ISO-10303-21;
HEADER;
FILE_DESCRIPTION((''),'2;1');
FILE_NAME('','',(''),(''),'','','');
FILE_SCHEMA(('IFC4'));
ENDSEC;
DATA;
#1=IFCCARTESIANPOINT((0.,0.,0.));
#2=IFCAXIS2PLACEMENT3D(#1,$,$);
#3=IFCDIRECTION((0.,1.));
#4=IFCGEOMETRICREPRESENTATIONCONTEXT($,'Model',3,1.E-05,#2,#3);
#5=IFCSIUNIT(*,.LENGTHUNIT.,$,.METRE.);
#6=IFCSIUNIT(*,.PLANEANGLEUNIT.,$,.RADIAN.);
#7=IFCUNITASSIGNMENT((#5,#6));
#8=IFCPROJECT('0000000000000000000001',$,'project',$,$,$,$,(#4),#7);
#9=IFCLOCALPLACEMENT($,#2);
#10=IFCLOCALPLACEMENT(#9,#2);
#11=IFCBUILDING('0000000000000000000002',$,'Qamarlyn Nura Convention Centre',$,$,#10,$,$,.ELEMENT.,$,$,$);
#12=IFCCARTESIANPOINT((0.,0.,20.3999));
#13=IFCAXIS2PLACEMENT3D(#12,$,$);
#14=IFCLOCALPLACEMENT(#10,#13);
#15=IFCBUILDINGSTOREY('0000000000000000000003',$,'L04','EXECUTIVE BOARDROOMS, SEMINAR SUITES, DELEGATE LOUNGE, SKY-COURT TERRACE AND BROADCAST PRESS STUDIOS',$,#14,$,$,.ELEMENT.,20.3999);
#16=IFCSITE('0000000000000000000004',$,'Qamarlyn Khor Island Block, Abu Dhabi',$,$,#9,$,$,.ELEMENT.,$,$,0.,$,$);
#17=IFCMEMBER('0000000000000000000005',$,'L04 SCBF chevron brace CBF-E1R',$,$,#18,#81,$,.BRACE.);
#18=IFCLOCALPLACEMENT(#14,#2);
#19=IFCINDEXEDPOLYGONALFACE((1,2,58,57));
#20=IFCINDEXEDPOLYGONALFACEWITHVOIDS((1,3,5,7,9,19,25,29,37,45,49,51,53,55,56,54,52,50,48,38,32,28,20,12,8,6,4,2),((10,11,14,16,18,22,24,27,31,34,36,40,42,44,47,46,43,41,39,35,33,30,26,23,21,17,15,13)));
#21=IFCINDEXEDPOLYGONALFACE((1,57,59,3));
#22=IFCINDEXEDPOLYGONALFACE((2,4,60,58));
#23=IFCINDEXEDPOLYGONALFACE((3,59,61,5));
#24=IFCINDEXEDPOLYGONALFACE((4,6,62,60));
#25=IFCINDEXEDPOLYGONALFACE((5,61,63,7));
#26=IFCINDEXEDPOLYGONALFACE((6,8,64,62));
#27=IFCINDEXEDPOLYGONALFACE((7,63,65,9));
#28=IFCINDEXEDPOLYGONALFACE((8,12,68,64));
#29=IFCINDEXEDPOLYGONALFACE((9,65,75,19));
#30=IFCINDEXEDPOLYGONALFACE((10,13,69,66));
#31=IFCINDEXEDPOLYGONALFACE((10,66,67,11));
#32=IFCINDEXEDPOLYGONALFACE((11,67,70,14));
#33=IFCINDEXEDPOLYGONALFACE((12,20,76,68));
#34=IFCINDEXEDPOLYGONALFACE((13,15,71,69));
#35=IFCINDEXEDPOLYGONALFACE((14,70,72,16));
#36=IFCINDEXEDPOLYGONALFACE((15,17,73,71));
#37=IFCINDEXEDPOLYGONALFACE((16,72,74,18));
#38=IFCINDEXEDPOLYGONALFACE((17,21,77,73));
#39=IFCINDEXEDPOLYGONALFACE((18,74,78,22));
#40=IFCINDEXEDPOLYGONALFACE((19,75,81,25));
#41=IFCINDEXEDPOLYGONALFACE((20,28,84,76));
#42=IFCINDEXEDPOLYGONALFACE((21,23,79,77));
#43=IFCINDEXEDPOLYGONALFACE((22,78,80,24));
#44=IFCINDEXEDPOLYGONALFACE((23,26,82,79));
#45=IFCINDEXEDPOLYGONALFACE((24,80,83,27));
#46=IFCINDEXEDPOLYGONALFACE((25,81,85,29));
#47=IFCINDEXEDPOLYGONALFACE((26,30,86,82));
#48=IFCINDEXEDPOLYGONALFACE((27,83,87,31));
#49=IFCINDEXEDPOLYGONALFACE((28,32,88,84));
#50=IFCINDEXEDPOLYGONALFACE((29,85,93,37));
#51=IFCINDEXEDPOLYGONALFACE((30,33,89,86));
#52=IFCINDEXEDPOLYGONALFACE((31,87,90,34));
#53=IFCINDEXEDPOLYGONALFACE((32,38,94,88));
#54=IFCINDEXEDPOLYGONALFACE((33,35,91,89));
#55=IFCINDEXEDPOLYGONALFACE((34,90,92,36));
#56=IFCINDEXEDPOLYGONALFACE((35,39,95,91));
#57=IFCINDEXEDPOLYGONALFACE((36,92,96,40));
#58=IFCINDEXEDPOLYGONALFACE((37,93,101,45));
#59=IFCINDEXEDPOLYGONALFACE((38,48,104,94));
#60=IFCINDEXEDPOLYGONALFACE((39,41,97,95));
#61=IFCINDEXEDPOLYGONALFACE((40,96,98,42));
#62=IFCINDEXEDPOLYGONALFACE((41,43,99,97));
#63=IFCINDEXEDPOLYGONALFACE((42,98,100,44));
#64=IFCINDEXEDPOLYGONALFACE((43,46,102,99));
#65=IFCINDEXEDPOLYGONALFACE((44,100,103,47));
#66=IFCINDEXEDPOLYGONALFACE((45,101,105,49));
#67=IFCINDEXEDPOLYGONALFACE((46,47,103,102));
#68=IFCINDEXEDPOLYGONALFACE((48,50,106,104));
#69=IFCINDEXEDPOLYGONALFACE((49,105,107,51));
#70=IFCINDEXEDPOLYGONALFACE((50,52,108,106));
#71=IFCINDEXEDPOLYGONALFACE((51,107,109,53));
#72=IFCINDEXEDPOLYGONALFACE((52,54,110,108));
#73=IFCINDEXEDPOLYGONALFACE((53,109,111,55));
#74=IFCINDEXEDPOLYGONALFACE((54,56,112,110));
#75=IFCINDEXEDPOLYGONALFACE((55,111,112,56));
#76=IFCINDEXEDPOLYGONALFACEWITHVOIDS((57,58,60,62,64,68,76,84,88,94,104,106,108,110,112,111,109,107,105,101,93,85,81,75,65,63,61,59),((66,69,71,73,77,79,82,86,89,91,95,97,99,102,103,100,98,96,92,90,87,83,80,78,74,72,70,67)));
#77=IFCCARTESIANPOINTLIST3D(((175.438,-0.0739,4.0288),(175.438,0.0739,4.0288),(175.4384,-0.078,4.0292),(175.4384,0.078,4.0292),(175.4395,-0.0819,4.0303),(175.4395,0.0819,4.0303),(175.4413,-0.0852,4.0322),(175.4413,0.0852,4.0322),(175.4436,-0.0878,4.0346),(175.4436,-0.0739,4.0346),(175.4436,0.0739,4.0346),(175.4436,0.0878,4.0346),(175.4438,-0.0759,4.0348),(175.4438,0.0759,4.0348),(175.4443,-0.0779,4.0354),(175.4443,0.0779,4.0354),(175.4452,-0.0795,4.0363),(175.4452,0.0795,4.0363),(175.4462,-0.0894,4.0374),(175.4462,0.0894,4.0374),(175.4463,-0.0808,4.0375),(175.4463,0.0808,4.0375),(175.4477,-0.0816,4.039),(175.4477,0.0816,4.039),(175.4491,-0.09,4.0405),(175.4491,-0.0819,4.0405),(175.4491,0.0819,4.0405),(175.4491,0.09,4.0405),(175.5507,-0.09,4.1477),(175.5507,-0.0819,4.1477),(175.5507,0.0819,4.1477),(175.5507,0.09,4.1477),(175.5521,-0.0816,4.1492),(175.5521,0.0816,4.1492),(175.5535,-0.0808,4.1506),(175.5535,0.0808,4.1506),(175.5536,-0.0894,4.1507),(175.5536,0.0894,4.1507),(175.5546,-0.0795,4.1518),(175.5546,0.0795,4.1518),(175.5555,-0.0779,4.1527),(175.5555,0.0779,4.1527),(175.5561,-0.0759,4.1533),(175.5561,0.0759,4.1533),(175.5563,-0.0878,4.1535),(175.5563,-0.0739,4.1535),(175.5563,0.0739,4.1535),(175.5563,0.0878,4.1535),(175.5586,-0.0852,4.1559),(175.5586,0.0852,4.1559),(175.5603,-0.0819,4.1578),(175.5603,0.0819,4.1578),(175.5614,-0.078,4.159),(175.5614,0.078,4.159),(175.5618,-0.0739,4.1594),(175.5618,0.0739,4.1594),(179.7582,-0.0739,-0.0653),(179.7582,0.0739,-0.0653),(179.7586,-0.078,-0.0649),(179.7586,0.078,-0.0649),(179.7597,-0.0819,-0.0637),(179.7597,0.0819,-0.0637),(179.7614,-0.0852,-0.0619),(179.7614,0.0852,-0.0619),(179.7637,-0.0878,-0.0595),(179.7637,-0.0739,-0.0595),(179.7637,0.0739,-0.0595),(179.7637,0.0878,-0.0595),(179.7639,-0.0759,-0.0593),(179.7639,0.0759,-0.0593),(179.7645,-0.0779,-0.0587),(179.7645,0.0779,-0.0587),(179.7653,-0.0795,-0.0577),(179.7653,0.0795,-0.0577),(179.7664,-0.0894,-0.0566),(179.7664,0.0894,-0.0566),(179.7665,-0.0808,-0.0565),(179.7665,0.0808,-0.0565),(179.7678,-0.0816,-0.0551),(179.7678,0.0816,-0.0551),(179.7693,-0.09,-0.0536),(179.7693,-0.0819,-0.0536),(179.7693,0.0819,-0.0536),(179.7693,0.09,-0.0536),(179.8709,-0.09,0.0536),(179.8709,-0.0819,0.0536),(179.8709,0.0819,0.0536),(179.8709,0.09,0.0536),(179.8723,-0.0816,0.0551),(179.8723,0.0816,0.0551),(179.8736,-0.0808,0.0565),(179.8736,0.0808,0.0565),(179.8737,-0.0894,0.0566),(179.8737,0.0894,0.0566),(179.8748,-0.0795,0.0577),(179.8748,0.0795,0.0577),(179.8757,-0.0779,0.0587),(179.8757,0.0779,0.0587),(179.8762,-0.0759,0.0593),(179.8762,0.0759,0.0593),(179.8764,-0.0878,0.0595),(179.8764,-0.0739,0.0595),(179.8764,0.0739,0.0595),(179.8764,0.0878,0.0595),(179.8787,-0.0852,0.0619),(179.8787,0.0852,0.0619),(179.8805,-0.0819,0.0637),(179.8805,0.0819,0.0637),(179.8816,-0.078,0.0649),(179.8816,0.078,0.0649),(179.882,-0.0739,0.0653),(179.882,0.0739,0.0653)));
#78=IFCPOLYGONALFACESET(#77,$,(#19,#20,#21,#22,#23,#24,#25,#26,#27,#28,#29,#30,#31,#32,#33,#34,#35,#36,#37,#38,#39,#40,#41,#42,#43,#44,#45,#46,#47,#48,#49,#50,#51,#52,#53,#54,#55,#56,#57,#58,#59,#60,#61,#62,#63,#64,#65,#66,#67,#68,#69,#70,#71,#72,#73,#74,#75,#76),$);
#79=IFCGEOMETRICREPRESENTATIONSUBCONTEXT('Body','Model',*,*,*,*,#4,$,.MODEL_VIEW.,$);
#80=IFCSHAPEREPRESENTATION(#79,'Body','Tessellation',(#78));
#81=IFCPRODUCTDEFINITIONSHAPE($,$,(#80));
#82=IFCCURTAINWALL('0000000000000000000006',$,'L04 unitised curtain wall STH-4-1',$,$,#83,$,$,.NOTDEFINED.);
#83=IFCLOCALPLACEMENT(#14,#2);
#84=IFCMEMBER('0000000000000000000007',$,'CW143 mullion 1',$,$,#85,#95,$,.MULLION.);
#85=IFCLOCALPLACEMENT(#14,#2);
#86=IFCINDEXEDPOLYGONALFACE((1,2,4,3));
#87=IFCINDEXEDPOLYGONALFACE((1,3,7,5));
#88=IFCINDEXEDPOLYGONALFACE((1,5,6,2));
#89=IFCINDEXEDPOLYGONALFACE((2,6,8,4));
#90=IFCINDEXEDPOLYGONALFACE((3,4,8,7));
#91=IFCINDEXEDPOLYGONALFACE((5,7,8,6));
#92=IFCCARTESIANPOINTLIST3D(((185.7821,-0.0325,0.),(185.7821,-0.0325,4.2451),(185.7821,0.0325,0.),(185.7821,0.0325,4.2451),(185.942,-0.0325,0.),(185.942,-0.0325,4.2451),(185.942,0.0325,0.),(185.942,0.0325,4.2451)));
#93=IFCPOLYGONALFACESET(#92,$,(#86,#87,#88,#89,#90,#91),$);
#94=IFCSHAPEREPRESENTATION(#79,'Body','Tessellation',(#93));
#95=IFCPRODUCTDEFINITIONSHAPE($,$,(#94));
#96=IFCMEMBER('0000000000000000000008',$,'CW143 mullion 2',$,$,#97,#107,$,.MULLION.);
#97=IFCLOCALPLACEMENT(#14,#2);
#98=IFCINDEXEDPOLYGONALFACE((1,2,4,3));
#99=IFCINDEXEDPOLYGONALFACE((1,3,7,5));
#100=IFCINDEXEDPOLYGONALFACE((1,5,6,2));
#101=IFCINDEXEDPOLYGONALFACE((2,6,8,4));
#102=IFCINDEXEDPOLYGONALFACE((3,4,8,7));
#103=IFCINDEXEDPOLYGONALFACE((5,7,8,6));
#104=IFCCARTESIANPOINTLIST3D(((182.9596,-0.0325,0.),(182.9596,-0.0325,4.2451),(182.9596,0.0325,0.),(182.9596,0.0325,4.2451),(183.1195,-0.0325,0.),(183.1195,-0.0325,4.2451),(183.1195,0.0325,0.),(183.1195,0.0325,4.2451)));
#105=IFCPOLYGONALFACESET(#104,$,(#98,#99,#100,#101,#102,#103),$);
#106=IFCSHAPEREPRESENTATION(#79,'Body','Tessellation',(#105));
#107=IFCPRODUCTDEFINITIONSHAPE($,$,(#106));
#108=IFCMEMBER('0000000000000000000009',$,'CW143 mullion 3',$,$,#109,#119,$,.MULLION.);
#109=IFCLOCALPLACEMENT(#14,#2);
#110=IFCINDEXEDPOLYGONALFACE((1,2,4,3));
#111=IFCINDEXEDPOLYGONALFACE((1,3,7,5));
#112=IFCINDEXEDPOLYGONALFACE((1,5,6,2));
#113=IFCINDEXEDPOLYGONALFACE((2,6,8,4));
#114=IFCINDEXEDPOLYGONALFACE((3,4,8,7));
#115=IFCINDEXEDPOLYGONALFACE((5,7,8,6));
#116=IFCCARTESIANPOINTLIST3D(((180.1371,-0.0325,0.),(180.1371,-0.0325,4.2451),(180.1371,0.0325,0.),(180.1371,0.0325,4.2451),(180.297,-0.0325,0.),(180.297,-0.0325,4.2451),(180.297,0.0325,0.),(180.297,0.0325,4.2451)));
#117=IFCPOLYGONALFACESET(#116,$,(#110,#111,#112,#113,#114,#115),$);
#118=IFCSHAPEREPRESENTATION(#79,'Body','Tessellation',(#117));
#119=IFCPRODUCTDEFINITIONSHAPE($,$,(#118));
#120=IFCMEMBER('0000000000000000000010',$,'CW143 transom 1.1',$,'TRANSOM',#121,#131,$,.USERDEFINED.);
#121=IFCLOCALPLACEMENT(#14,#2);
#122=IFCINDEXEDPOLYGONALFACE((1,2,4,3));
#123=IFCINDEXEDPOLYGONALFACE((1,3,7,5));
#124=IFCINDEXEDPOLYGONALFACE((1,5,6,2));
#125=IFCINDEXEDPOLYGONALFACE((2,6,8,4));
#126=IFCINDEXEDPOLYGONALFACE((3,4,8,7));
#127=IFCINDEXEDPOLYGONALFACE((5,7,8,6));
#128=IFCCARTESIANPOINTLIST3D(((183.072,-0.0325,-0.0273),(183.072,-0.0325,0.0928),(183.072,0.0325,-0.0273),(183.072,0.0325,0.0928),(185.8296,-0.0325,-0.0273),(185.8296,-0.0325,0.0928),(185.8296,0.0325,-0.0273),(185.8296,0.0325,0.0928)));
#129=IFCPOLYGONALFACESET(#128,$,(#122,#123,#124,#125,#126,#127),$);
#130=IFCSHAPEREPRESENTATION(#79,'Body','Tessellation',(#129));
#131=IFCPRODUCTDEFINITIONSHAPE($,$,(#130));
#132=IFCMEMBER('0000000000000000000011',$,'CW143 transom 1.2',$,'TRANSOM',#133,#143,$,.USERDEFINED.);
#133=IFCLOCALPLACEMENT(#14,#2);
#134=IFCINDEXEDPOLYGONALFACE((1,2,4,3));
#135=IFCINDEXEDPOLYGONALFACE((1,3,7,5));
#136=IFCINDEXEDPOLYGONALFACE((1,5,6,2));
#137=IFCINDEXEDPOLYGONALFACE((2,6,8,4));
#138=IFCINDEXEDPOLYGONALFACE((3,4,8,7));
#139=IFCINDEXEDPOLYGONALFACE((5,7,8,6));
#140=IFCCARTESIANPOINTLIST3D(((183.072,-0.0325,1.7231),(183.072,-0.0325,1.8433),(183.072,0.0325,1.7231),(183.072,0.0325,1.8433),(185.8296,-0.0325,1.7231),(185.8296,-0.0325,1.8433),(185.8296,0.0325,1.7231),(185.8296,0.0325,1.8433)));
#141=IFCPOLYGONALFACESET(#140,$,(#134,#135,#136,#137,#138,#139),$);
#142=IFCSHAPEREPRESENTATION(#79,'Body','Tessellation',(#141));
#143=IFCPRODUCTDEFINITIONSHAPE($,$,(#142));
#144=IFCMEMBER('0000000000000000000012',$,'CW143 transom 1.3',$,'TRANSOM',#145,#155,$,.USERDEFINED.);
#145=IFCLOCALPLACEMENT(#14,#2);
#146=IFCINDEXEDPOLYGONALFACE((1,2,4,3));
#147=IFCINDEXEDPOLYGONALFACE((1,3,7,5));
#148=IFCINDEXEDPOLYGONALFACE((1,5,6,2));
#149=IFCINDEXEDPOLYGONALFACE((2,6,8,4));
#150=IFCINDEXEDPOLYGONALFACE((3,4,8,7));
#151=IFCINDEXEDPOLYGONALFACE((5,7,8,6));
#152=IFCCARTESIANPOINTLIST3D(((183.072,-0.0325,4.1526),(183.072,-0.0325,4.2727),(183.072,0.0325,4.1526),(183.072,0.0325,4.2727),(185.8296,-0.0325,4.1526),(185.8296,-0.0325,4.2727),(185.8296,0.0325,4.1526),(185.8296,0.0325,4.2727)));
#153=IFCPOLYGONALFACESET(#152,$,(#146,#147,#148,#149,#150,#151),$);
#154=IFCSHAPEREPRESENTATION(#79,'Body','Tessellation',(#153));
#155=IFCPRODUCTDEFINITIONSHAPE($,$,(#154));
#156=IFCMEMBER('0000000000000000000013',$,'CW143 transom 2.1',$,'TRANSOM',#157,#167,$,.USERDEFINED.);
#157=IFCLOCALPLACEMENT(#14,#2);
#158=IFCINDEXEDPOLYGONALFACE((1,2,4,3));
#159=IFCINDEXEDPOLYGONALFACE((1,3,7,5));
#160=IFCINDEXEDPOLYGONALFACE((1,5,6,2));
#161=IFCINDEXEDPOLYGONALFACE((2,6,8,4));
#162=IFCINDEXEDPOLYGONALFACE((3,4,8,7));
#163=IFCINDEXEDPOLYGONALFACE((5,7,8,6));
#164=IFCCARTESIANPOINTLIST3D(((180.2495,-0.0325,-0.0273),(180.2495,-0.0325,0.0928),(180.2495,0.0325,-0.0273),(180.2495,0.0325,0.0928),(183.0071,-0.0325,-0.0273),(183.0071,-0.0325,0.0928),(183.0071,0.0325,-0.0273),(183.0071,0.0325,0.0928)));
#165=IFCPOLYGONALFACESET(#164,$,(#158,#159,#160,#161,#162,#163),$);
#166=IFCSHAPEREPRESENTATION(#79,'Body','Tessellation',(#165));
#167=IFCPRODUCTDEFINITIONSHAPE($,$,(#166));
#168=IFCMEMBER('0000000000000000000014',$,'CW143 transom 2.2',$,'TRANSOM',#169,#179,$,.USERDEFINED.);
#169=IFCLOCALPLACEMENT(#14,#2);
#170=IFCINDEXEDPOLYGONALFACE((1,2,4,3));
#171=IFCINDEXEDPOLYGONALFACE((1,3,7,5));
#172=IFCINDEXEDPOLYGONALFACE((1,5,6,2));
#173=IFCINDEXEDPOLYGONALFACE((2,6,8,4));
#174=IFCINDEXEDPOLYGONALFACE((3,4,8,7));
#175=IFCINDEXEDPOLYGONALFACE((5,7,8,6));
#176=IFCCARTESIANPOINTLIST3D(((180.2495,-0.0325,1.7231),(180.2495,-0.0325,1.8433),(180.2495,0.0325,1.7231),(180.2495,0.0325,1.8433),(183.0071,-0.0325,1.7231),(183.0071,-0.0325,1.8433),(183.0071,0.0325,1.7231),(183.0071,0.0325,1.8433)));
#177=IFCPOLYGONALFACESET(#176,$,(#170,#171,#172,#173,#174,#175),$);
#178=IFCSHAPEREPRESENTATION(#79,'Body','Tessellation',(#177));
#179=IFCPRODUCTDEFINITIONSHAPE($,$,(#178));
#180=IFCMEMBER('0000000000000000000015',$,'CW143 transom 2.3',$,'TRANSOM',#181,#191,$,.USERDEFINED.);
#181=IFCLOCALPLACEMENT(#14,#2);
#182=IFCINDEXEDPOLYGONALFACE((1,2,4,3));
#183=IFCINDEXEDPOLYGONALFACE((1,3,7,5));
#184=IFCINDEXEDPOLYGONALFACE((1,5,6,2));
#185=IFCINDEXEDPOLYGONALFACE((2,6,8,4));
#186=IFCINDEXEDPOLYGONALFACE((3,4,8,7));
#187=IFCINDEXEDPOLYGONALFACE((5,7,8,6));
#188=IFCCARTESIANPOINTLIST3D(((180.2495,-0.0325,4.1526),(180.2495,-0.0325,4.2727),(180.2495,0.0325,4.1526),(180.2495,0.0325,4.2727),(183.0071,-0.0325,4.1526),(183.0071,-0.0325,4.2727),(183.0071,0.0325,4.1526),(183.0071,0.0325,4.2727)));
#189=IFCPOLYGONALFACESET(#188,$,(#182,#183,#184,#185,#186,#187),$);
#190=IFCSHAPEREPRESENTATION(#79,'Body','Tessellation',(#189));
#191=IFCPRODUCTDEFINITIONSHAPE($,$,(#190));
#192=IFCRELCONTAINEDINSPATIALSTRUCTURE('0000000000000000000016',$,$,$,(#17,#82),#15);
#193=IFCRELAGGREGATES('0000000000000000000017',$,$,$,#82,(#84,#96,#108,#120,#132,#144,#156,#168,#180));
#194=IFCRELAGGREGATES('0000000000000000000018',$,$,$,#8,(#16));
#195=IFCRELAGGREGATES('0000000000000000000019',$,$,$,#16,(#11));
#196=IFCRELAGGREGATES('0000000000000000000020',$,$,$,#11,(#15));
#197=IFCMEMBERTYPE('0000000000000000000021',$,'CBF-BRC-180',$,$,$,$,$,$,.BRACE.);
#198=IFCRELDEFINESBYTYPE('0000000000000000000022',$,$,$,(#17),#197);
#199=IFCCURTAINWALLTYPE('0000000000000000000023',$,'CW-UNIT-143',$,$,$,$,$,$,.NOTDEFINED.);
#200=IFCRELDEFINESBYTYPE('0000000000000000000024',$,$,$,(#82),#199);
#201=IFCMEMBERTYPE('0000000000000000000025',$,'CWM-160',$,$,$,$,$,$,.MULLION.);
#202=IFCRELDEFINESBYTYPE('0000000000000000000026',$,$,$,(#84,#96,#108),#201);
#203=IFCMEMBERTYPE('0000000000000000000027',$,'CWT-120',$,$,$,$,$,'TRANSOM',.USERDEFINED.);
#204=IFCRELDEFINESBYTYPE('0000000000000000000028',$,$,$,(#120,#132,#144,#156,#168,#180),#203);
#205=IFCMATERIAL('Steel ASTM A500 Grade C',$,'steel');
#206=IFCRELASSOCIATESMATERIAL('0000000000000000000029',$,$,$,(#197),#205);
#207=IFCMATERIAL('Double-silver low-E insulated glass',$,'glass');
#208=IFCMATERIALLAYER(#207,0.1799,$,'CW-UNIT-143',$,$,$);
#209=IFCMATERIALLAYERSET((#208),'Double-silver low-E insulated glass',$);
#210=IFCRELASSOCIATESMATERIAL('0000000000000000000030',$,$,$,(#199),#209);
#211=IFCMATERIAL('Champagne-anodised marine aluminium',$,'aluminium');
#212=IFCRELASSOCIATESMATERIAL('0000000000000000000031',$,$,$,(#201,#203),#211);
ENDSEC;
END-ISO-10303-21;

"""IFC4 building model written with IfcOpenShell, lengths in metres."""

from ifc_helpers import new_model, si_unit, direction, frame, origin, origin_2d, place, context, subcontext, project, spatial, rectangle, hollow_rectangle, extrude, material, layer, layer_set, material_profile, profile_set, type_object, element, aggregate, save


model = new_model("IFC4")

# Units and contexts
model_context = context("Model", 3, precision=1e-05, world=origin(), true_north=direction((0.0, 1.0)))
body_context = subcontext(model_context, "Body", "Model", "MODEL_VIEW")
ifc_project = project(units=[si_unit("LENGTHUNIT", "METRE"), si_unit("PLANEANGLEUNIT", "RADIAN")], contexts=[model_context])

# Site, building, storey
site_placement = place(None, origin())
site = spatial("IfcSite", under=ifc_project, at=site_placement, Name="Qamarlyn Khor Island Block, Abu Dhabi", CompositionType="ELEMENT", RefElevation=0.0)
building_placement = place(site_placement, origin())
building = spatial("IfcBuilding", under=site, at=building_placement, Name="Qamarlyn Nura Convention Centre", CompositionType="ELEMENT")
storey_placement = place(building_placement, frame((0.0, 0.0, 20.3999)))
storey = spatial("IfcBuildingStorey", under=building, at=storey_placement, Name="L04", Description="EXECUTIVE BOARDROOMS, SEMINAR SUITES, DELEGATE LOUNGE, SKY-COURT TERRACE AND BROADCAST PRESS STUDIOS", CompositionType="ELEMENT", Elevation=20.3999)

# Shared definitions
ifc_material_1 = material(Name="Steel ASTM A500 Grade C", Category="steel")

# Member
ifc_material_profile_1 = material_profile(ifc_material_1, hollow_rectangle(XDim=0.1799, YDim=0.1799, WallThickness=0.0081, InnerFilletRadius=0.0081, OuterFilletRadius=0.0161, at=origin_2d()), Name="HSS180X180X8")
ifc_profile_set_1 = profile_set([ifc_material_profile_1], Name="Steel ASTM A500 Grade C")
member_type_1 = type_object("IfcMemberType", Name="CBF-BRC-180", PredefinedType="BRACE", material=ifc_profile_set_1)
for number, where, z_axis, x_axis, name in (
    (1, (179.8201, 0.0, 0.0), (-0.725844, 0.0, 0.68786), (0.0, -1.0, 0.0), "L04 SCBF chevron brace CBF-E1R"),
):
    element("IfcMember", number, at=place(storey_placement, frame(where, z_axis=z_axis, x_axis=x_axis)), inside=storey, type_object=member_type_1, Name=name, PredefinedType="BRACE", context=body_context, shape_type="SweptSolid", body=[
        extrude(hollow_rectangle(XDim=0.1799, YDim=0.1799, WallThickness=0.0081, InnerFilletRadius=0.0081, OuterFilletRadius=0.0161, at=origin_2d()), origin(), (0.0, 0.0, 1.0), 5.9519),
    ])

# Curtain wall, members
ifc_material_2 = material(Name="Double-silver low-E insulated glass", Category="glass")
ifc_layer_1 = layer(ifc_material_2, 0.1799, Name="CW-UNIT-143")
ifc_layer_set_1 = layer_set([ifc_layer_1], Name="Double-silver low-E insulated glass")
curtain_wall_type = type_object("IfcCurtainWallType", Name="CW-UNIT-143", PredefinedType="NOTDEFINED", material=ifc_layer_set_1)
curtain_wall_placement = place(storey_placement, origin())
curtain_wall = element("IfcCurtainWall", 2, at=curtain_wall_placement, inside=storey, type_object=curtain_wall_type, Name="L04 unitised curtain wall STH-4-1", PredefinedType="NOTDEFINED")
ifc_material_3 = material(Name="Champagne-anodised marine aluminium", Category="aluminium")
ifc_material_profile_2 = material_profile(ifc_material_3, rectangle(XDim=0.0649, YDim=0.1599, at=origin_2d()), Name="ALU MULLION 65x160")
ifc_profile_set_2 = profile_set([ifc_material_profile_2], Name="Champagne-anodised marine aluminium")
member_type_2 = type_object("IfcMemberType", Name="CWM-160", PredefinedType="MULLION", material=ifc_profile_set_2)
member_1_placement = place(storey_placement, frame((185.8621, 0.0, 0.0), z_axis=(0.0, 0.0, 1.0), x_axis=(0.0, -1.0, 0.0)))
member_1 = element("IfcMember", 3, at=member_1_placement, type_object=member_type_2, Name="CW143 mullion 1", PredefinedType="MULLION", context=body_context, shape_type="SweptSolid", body=[
    extrude(rectangle(XDim=0.0649, YDim=0.1599, at=origin_2d()), origin(), (0.0, 0.0, 1.0), 4.2451),
])
member_2_placement = place(storey_placement, frame((183.0396, 0.0, 0.0), z_axis=(0.0, 0.0, 1.0), x_axis=(0.0, -1.0, 0.0)))
member_2 = element("IfcMember", 4, at=member_2_placement, type_object=member_type_2, Name="CW143 mullion 2", PredefinedType="MULLION", context=body_context, shape_type="SweptSolid", body=[
    extrude(rectangle(XDim=0.0649, YDim=0.1599, at=origin_2d()), origin(), (0.0, 0.0, 1.0), 4.2451),
])
member_3_placement = place(storey_placement, frame((180.217, 0.0, 0.0), z_axis=(0.0, 0.0, 1.0), x_axis=(0.0, -1.0, 0.0)))
member_3 = element("IfcMember", 5, at=member_3_placement, type_object=member_type_2, Name="CW143 mullion 3", PredefinedType="MULLION", context=body_context, shape_type="SweptSolid", body=[
    extrude(rectangle(XDim=0.0649, YDim=0.1599, at=origin_2d()), origin(), (0.0, 0.0, 1.0), 4.2451),
])
ifc_material_profile_3 = material_profile(ifc_material_3, rectangle(XDim=0.0649, YDim=0.1201, at=origin_2d()), Name="ALU TRANSOM 65x120")
ifc_profile_set_3 = profile_set([ifc_material_profile_3], Name="Champagne-anodised marine aluminium")
member_type_3 = type_object("IfcMemberType", Name="CWT-120", ElementType="TRANSOM", PredefinedType="USERDEFINED", material=ifc_profile_set_3)
member_4_placement = place(storey_placement, frame((185.8296, 0.0, 0.0327), z_axis=(-1.0, 0.0, 0.0), x_axis=(0.0, -1.0, 0.0)))
member_4 = element("IfcMember", 6, at=member_4_placement, type_object=member_type_3, Name="CW143 transom 1.1", ObjectType="TRANSOM", PredefinedType="USERDEFINED", context=body_context, shape_type="SweptSolid", body=[
    extrude(rectangle(XDim=0.0649, YDim=0.1201, at=origin_2d()), origin(), (0.0, 0.0, 1.0), 2.7576),
])
member_5_placement = place(storey_placement, frame((185.8296, 0.0, 1.7832), z_axis=(-1.0, 0.0, 0.0), x_axis=(0.0, -1.0, 0.0)))
member_5 = element("IfcMember", 7, at=member_5_placement, type_object=member_type_3, Name="CW143 transom 1.2", ObjectType="TRANSOM", PredefinedType="USERDEFINED", context=body_context, shape_type="SweptSolid", body=[
    extrude(rectangle(XDim=0.0649, YDim=0.1201, at=origin_2d()), origin(), (0.0, 0.0, 1.0), 2.7576),
])
member_6_placement = place(storey_placement, frame((185.8296, 0.0, 4.2126), z_axis=(-1.0, 0.0, 0.0), x_axis=(0.0, -1.0, 0.0)))
member_6 = element("IfcMember", 8, at=member_6_placement, type_object=member_type_3, Name="CW143 transom 1.3", ObjectType="TRANSOM", PredefinedType="USERDEFINED", context=body_context, shape_type="SweptSolid", body=[
    extrude(rectangle(XDim=0.0649, YDim=0.1201, at=origin_2d()), origin(), (0.0, 0.0, 1.0), 2.7576),
])
member_7_placement = place(storey_placement, frame((183.0071, 0.0, 0.0327), z_axis=(-1.0, 0.0, 0.0), x_axis=(0.0, -1.0, 0.0)))
member_7 = element("IfcMember", 9, at=member_7_placement, type_object=member_type_3, Name="CW143 transom 2.1", ObjectType="TRANSOM", PredefinedType="USERDEFINED", context=body_context, shape_type="SweptSolid", body=[
    extrude(rectangle(XDim=0.0649, YDim=0.1201, at=origin_2d()), origin(), (0.0, 0.0, 1.0), 2.7576),
])
member_8_placement = place(storey_placement, frame((183.0071, 0.0, 1.7832), z_axis=(-1.0, 0.0, 0.0), x_axis=(0.0, -1.0, 0.0)))
member_8 = element("IfcMember", 10, at=member_8_placement, type_object=member_type_3, Name="CW143 transom 2.2", ObjectType="TRANSOM", PredefinedType="USERDEFINED", context=body_context, shape_type="SweptSolid", body=[
    extrude(rectangle(XDim=0.0649, YDim=0.1201, at=origin_2d()), origin(), (0.0, 0.0, 1.0), 2.7576),
])
member_9_placement = place(storey_placement, frame((183.0071, 0.0, 4.2126), z_axis=(-1.0, 0.0, 0.0), x_axis=(0.0, -1.0, 0.0)))
member_9 = element("IfcMember", 11, at=member_9_placement, type_object=member_type_3, Name="CW143 transom 2.3", ObjectType="TRANSOM", PredefinedType="USERDEFINED", context=body_context, shape_type="SweptSolid", body=[
    extrude(rectangle(XDim=0.0649, YDim=0.1201, at=origin_2d()), origin(), (0.0, 0.0, 1.0), 2.7576),
])
aggregate(curtain_wall, [member_1, member_2, member_3, member_4, member_5, member_6, member_7, member_8, member_9])

save(model, "model.ifc")
